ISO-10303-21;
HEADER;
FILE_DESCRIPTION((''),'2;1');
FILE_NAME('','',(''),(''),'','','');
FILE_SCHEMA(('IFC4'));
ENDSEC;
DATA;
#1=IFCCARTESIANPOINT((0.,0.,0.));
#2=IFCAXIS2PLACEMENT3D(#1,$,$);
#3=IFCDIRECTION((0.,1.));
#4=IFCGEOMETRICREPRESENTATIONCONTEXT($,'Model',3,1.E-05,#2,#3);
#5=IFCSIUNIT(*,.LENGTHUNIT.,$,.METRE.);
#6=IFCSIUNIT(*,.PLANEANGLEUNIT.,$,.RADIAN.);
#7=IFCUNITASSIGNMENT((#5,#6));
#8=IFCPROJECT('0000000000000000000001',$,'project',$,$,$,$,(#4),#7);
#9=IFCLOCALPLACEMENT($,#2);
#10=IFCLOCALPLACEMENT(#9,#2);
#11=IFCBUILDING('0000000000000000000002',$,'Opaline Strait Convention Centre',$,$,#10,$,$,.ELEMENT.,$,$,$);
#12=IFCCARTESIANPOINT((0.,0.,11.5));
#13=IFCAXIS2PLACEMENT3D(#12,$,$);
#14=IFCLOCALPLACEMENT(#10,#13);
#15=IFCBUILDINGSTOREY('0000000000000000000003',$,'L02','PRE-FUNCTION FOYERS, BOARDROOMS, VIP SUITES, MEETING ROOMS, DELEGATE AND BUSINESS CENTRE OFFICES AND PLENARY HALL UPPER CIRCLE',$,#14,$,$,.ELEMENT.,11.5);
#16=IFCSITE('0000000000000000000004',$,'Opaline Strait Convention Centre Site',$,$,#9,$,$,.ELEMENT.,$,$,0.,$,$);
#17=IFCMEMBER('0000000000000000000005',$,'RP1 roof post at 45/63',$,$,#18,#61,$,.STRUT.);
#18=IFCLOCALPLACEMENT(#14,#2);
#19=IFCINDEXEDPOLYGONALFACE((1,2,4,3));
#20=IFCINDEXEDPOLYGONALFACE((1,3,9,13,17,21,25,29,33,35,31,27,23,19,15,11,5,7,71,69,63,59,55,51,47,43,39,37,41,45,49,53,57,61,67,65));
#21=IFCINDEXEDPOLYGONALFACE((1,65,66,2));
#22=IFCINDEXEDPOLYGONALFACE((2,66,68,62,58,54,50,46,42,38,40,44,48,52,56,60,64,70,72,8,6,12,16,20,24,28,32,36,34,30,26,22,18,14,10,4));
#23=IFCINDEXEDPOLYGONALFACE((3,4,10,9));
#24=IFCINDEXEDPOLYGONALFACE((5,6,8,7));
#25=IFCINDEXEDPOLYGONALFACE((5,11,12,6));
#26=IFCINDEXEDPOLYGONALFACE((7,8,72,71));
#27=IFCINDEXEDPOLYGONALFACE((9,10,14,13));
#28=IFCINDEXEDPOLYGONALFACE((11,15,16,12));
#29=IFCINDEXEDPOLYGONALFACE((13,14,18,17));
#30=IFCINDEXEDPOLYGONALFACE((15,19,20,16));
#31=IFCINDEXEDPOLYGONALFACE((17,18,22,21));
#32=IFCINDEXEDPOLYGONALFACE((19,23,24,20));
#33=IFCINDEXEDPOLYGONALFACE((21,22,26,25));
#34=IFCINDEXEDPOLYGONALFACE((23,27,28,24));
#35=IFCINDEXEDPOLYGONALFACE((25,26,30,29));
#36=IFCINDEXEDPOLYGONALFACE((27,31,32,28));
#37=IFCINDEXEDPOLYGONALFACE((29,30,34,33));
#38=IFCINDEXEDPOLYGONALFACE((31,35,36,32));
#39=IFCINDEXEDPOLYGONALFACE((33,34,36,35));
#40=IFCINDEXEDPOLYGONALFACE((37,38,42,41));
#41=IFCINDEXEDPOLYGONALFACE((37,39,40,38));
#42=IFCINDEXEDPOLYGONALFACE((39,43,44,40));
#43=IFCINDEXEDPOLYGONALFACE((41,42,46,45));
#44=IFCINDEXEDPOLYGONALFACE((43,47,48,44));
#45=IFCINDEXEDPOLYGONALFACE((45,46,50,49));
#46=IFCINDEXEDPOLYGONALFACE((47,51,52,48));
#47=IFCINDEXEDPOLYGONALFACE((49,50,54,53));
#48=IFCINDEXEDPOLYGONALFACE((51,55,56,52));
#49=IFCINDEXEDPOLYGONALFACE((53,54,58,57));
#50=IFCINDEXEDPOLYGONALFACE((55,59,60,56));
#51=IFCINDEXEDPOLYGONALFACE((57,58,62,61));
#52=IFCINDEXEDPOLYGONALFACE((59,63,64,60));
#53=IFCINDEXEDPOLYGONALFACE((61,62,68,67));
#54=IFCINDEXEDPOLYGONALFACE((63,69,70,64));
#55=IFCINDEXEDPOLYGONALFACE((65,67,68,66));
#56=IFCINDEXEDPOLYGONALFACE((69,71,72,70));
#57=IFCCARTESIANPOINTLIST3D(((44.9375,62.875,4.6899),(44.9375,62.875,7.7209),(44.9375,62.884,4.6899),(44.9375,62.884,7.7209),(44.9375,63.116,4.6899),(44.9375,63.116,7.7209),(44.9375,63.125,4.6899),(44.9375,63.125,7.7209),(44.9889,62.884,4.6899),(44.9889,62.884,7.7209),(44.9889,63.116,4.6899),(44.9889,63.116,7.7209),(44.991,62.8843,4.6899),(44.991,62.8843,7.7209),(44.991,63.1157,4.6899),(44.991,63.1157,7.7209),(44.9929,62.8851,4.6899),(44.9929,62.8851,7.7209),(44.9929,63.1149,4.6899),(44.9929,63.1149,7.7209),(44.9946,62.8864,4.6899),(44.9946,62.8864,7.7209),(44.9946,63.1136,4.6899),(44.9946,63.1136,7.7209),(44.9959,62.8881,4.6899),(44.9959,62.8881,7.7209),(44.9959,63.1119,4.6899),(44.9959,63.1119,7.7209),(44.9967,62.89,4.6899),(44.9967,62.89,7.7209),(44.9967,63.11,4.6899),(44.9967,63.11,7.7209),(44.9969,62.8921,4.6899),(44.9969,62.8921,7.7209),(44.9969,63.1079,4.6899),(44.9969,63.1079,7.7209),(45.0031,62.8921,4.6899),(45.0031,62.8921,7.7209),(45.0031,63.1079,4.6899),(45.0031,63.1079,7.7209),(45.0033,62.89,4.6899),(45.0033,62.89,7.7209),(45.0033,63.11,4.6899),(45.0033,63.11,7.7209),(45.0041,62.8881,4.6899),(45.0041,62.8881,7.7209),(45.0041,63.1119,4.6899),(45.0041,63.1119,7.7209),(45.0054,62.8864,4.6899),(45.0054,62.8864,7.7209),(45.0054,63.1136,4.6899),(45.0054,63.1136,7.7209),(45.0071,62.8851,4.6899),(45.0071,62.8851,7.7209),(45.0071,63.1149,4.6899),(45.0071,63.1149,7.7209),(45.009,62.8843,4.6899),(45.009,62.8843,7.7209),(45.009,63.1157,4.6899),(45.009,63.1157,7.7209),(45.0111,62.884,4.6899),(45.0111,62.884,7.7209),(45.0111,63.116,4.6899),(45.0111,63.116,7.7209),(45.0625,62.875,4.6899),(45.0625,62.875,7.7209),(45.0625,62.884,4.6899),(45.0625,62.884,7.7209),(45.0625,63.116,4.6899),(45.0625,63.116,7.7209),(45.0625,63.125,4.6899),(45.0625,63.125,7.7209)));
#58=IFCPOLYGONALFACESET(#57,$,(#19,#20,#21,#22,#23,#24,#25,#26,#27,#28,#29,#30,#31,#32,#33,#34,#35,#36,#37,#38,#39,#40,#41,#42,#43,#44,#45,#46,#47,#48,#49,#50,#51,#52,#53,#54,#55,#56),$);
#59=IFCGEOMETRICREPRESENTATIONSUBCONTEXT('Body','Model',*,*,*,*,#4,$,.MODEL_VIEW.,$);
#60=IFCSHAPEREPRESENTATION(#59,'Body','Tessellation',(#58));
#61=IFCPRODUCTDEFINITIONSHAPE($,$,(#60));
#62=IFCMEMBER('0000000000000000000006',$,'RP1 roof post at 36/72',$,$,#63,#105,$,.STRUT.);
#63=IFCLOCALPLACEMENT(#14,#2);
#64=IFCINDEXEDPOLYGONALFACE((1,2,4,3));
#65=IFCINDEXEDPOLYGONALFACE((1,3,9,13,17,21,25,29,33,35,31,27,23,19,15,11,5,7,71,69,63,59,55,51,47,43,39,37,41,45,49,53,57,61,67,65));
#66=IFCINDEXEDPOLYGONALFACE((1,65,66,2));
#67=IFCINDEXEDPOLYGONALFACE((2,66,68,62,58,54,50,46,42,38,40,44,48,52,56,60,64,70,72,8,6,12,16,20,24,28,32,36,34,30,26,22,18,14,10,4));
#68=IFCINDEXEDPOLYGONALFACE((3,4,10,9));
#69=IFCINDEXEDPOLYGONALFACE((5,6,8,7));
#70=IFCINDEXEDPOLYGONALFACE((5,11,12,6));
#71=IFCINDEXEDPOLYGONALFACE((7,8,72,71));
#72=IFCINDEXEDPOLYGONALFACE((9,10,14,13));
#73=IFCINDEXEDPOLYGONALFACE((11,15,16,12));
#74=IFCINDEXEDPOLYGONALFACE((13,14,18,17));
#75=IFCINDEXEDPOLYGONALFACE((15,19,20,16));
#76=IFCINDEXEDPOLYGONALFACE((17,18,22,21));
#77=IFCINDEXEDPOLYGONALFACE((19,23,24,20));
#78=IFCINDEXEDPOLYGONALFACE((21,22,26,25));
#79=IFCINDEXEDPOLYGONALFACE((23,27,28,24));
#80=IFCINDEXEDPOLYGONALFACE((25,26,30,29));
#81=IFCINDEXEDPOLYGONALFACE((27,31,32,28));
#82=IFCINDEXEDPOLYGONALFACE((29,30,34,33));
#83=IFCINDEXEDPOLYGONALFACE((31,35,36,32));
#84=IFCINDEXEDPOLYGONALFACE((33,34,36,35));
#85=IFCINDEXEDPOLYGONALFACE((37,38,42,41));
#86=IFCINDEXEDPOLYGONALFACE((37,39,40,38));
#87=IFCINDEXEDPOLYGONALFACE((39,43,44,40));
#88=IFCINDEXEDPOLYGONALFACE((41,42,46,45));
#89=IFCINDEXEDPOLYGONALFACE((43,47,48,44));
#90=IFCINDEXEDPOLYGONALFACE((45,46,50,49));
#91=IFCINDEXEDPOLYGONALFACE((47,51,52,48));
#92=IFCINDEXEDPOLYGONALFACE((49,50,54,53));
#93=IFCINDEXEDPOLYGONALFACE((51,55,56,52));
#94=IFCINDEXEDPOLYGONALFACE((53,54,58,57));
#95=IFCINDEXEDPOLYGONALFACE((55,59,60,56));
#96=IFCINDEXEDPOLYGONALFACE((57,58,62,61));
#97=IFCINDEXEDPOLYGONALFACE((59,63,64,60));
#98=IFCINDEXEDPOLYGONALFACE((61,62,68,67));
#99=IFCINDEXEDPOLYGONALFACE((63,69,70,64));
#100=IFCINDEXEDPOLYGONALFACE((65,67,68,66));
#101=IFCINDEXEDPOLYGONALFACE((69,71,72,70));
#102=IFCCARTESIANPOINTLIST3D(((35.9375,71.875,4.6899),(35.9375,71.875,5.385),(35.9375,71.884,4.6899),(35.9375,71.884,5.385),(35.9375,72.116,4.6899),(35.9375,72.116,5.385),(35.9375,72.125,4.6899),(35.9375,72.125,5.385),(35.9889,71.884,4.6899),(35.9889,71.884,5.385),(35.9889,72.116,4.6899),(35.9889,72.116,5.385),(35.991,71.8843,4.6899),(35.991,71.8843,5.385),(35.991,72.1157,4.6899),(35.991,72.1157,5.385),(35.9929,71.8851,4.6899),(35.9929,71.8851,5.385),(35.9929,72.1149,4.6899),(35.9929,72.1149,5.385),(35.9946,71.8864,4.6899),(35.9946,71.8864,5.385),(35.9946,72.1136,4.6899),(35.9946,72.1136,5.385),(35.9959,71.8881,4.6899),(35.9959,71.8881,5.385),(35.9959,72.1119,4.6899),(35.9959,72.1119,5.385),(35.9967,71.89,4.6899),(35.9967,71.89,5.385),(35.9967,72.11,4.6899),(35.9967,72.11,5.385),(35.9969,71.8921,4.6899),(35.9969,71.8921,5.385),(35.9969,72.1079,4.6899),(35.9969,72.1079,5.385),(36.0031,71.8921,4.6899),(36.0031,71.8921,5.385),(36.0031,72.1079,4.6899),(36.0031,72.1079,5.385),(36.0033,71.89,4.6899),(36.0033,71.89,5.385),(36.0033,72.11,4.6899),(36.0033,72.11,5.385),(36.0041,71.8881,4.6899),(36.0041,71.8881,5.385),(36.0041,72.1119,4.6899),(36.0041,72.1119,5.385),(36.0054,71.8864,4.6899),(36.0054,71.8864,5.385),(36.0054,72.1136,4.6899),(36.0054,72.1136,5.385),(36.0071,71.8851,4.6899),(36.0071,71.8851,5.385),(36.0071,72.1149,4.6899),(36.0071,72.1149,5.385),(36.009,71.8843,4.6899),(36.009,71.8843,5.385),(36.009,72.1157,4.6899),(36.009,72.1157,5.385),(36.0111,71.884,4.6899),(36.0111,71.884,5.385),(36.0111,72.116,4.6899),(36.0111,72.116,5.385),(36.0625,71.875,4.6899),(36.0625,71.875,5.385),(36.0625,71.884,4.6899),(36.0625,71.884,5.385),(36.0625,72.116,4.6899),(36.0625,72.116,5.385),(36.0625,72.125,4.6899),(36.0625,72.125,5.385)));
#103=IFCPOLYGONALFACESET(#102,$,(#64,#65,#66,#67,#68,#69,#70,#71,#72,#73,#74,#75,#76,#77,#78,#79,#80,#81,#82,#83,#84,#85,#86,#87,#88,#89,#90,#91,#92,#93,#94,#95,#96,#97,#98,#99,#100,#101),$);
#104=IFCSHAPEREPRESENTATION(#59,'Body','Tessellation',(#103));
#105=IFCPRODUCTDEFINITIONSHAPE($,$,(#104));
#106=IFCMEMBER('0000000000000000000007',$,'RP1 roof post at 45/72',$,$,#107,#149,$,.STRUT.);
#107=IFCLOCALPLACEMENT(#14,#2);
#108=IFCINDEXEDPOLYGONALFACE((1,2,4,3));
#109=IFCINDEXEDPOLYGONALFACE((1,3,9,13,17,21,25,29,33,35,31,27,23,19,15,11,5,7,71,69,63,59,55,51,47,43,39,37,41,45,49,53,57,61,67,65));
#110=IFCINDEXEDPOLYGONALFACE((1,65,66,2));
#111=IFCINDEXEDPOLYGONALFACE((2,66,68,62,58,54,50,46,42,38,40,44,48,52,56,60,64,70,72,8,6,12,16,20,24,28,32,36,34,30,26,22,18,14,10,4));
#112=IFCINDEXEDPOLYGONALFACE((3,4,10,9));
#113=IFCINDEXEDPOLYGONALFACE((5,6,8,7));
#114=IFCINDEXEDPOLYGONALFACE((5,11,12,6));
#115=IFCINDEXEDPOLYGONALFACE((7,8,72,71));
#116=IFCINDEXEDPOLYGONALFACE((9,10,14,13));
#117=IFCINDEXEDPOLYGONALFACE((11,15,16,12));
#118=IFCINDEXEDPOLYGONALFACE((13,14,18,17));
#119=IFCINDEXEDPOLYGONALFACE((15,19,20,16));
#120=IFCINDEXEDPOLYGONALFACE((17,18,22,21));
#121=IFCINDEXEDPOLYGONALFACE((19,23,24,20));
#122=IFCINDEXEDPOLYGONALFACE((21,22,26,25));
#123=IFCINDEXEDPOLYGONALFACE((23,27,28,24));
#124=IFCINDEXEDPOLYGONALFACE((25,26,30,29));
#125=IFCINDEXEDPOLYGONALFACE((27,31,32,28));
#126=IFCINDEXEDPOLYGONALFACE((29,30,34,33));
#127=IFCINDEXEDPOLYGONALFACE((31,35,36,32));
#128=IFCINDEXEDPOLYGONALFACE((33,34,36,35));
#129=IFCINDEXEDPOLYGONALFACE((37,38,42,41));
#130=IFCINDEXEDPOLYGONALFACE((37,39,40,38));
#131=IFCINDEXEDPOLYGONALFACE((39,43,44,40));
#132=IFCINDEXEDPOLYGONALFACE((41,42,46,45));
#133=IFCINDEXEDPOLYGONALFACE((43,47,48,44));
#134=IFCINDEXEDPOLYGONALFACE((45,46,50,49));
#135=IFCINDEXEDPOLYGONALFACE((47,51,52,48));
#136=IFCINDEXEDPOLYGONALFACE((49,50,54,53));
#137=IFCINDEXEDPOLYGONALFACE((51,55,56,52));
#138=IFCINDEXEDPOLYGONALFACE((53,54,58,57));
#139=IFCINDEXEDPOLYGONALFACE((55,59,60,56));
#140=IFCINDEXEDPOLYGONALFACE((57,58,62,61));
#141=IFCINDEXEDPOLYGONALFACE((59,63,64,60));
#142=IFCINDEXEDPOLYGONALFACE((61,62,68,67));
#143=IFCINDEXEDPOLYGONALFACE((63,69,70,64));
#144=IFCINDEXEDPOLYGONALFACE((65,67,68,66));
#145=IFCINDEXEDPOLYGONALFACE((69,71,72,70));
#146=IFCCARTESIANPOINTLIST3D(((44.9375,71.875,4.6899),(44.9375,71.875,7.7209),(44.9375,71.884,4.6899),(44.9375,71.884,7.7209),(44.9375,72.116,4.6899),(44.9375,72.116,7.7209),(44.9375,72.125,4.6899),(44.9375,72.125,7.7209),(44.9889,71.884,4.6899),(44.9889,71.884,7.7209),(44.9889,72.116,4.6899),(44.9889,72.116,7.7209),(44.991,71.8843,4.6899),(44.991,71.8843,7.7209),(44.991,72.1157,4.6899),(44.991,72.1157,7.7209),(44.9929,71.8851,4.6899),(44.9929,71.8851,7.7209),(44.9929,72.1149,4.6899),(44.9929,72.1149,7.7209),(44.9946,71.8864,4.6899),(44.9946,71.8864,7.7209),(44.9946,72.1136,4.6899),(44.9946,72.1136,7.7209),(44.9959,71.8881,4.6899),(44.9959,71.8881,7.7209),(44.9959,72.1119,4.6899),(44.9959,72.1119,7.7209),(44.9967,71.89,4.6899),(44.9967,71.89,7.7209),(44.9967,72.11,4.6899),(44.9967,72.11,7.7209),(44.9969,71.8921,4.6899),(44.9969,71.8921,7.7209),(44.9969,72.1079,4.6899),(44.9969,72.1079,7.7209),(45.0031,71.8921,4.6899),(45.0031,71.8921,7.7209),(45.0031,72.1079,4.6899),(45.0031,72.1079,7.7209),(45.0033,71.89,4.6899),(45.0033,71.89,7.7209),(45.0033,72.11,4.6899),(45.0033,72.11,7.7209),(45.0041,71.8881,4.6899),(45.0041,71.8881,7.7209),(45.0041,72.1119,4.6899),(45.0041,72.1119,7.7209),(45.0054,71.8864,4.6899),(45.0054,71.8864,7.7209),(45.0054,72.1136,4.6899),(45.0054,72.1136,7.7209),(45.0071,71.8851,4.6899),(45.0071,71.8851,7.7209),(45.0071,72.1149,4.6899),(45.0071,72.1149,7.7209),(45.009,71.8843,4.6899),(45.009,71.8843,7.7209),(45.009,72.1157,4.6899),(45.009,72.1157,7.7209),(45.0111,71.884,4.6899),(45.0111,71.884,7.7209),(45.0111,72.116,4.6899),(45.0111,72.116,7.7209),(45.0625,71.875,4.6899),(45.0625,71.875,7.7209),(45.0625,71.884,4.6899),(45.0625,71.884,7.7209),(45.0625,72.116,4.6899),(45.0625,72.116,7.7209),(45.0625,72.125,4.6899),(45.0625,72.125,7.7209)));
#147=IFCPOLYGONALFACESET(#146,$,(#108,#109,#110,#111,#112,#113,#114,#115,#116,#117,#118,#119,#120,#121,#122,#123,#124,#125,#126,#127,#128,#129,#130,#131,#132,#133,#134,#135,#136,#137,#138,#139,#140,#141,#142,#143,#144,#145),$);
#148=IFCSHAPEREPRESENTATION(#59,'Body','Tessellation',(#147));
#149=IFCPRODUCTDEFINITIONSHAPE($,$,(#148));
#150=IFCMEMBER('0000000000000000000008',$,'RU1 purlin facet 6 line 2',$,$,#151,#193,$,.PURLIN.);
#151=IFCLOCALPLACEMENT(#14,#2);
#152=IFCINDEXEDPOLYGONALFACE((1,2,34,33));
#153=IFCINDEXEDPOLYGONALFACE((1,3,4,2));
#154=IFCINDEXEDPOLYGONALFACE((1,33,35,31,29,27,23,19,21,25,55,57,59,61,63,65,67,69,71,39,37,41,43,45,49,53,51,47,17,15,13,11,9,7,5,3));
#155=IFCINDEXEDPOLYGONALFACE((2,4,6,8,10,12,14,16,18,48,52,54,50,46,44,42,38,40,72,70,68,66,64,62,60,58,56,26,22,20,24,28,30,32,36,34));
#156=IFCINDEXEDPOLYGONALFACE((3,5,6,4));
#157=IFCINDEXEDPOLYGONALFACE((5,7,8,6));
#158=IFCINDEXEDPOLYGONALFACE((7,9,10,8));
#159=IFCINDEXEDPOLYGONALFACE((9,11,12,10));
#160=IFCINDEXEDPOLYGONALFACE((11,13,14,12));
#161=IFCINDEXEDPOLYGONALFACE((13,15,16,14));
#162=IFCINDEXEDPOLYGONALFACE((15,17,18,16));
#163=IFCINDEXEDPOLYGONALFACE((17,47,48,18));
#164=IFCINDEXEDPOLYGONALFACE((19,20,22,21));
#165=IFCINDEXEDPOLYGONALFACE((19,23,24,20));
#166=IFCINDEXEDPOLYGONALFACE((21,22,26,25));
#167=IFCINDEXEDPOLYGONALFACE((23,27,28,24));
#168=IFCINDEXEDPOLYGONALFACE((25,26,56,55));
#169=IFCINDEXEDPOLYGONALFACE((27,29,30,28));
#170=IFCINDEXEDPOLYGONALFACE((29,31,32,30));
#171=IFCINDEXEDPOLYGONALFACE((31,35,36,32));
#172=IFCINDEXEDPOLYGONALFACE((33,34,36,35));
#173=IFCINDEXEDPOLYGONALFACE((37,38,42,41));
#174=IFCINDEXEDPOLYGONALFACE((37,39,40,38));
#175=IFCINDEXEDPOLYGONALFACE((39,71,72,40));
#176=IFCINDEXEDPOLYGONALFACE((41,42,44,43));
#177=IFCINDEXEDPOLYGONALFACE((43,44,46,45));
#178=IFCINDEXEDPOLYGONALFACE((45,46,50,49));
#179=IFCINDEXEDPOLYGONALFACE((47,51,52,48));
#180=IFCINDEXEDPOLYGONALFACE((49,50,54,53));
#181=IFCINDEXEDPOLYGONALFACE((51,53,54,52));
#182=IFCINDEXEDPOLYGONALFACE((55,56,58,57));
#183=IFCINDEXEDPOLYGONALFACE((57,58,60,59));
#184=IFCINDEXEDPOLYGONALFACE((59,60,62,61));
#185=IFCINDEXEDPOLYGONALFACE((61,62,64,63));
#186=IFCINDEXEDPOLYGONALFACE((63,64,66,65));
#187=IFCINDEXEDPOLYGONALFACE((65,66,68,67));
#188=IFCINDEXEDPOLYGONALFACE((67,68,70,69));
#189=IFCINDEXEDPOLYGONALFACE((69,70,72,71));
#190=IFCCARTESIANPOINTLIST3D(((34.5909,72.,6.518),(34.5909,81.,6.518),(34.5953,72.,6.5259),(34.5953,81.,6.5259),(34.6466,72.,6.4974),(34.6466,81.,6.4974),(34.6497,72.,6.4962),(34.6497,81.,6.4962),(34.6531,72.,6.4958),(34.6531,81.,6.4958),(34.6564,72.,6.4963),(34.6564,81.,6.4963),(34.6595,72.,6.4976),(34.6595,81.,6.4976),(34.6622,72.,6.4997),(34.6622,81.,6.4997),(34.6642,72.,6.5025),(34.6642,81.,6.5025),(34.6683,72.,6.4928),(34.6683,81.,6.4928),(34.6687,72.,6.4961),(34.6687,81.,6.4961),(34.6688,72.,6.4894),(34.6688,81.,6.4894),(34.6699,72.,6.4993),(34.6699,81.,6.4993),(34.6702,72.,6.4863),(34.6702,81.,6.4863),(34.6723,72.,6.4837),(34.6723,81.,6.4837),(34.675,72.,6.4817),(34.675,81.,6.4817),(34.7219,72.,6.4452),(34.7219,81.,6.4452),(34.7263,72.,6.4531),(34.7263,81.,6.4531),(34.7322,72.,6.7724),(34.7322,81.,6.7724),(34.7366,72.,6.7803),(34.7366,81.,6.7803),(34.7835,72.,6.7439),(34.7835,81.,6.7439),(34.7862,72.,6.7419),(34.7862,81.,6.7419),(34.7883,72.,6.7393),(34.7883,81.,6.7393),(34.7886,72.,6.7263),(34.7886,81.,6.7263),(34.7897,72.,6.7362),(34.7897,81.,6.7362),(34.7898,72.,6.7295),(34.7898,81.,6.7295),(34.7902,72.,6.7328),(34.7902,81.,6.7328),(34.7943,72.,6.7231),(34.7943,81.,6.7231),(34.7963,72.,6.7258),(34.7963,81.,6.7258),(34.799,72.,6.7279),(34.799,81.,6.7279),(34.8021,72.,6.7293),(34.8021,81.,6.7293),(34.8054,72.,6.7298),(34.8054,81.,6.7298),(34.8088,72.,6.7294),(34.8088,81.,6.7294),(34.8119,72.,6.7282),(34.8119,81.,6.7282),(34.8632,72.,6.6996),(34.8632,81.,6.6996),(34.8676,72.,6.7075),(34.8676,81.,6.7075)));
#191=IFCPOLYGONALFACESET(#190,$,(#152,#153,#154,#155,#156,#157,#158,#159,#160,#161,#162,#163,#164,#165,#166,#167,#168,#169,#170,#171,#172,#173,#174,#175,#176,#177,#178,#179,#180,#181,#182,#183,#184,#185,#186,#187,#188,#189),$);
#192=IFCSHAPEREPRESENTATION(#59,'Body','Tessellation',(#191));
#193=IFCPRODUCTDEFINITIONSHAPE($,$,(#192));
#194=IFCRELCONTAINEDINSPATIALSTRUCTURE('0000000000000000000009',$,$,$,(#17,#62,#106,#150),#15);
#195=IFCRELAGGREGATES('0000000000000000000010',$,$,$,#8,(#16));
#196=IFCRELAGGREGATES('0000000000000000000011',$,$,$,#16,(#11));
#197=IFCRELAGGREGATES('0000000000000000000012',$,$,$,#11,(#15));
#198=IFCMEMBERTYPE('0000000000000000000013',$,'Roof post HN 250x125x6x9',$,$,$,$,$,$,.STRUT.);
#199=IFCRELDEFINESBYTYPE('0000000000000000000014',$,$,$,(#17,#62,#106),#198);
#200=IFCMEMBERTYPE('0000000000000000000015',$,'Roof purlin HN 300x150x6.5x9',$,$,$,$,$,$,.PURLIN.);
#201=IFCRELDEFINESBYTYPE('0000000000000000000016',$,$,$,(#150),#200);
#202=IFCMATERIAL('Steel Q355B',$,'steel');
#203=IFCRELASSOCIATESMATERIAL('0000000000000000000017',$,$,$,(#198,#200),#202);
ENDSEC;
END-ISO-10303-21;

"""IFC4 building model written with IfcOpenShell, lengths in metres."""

from ifc_helpers import new_model, si_unit, direction, frame, origin, origin_2d, place, context, subcontext, project, spatial, i_section, extrude, material, material_profile, profile_set, type_object, element, save


model = new_model("IFC4")

# Units and contexts
model_context = context("Model", 3, precision=1e-05, world=origin(), true_north=direction((0.0, 1.0)))
body_context = subcontext(model_context, "Body", "Model", "MODEL_VIEW")
ifc_project = project(units=[si_unit("LENGTHUNIT", "METRE"), si_unit("PLANEANGLEUNIT", "RADIAN")], contexts=[model_context])

# Site, building, storey
site_placement = place(None, origin())
site = spatial("IfcSite", under=ifc_project, at=site_placement, Name="Opaline Strait Convention Centre Site", CompositionType="ELEMENT", RefElevation=0.0)
building_placement = place(site_placement, origin())
building = spatial("IfcBuilding", under=site, at=building_placement, Name="Opaline Strait Convention Centre", CompositionType="ELEMENT")
storey_placement = place(building_placement, frame((0.0, 0.0, 11.5)))
storey = spatial("IfcBuildingStorey", under=building, at=storey_placement, Name="L02", Description="PRE-FUNCTION FOYERS, BOARDROOMS, VIP SUITES, MEETING ROOMS, DELEGATE AND BUSINESS CENTRE OFFICES AND PLENARY HALL UPPER CIRCLE", CompositionType="ELEMENT", Elevation=11.5)

# Shared definitions
ifc_material_1 = material(Name="Steel Q355B", Category="steel")

# Members
ifc_material_profile_1 = material_profile(ifc_material_1, i_section(OverallWidth=0.125, OverallDepth=0.25, WebThickness=0.0061, FlangeThickness=0.009, FilletRadius=0.0081, at=origin_2d()), Name="HN 250x125x6x9")
ifc_profile_set_1 = profile_set([ifc_material_profile_1], Name="Steel Q355B")
member_type_1 = type_object("IfcMemberType", Name="Roof post HN 250x125x6x9", PredefinedType="STRUT", material=ifc_profile_set_1)
member_1_placement = place(storey_placement, frame((45.0, 63.0, 4.6899), z_axis=(0.0, 0.0, 1.0), x_axis=(1.0, 0.0, 0.0)))
element("IfcMember", 1, at=member_1_placement, inside=storey, type_object=member_type_1, Name="RP1 roof post at 45/63", PredefinedType="STRUT", context=body_context, shape_type="SweptSolid", body=[
    extrude(i_section(OverallWidth=0.125, OverallDepth=0.25, WebThickness=0.0061, FlangeThickness=0.009, FilletRadius=0.0081, at=origin_2d()), origin(), (0.0, 0.0, 1.0), 3.031),
])
member_2_placement = place(storey_placement, frame((36.0, 72.0, 4.6899), z_axis=(0.0, 0.0, 1.0), x_axis=(1.0, 0.0, 0.0)))
element("IfcMember", 2, at=member_2_placement, inside=storey, type_object=member_type_1, Name="RP1 roof post at 36/72", PredefinedType="STRUT", context=body_context, shape_type="SweptSolid", body=[
    extrude(i_section(OverallWidth=0.125, OverallDepth=0.25, WebThickness=0.0061, FlangeThickness=0.009, FilletRadius=0.0081, at=origin_2d()), origin(), (0.0, 0.0, 1.0), 0.6951),
])
member_3_placement = place(storey_placement, frame((45.0, 72.0, 4.6899), z_axis=(0.0, 0.0, 1.0), x_axis=(1.0, 0.0, 0.0)))
element("IfcMember", 3, at=member_3_placement, inside=storey, type_object=member_type_1, Name="RP1 roof post at 45/72", PredefinedType="STRUT", context=body_context, shape_type="SweptSolid", body=[
    extrude(i_section(OverallWidth=0.125, OverallDepth=0.25, WebThickness=0.0061, FlangeThickness=0.009, FilletRadius=0.0081, at=origin_2d()), origin(), (0.0, 0.0, 1.0), 3.031),
])
ifc_material_profile_2 = material_profile(ifc_material_1, i_section(OverallWidth=0.1499, OverallDepth=0.3, WebThickness=0.0066, FlangeThickness=0.009, FilletRadius=0.0129, at=origin_2d()), Name="HN 300x150x6.5x9")
ifc_profile_set_2 = profile_set([ifc_material_profile_2], Name="Steel Q355B")
member_type_2 = type_object("IfcMemberType", Name="Roof purlin HN 300x150x6.5x9", PredefinedType="PURLIN", material=ifc_profile_set_2)
for number, where, z_axis, x_axis, name in (
    (4, (34.7292, 72.0, 6.6128), (0.0, 1.0, 0.0), (-0.874157, 0.0, 0.485643), "RU1 purlin facet 6 line 2"),
):
    element("IfcMember", number, at=place(storey_placement, frame(where, z_axis=z_axis, x_axis=x_axis)), inside=storey, type_object=member_type_2, Name=name, PredefinedType="PURLIN", context=body_context, shape_type="SweptSolid", body=[
        extrude(i_section(OverallWidth=0.1499, OverallDepth=0.3, WebThickness=0.0066, FlangeThickness=0.009, FilletRadius=0.0129, at=origin_2d()), origin(), (0.0, 0.0, 1.0), 9.0),
    ])

save(model, "model.ifc")
